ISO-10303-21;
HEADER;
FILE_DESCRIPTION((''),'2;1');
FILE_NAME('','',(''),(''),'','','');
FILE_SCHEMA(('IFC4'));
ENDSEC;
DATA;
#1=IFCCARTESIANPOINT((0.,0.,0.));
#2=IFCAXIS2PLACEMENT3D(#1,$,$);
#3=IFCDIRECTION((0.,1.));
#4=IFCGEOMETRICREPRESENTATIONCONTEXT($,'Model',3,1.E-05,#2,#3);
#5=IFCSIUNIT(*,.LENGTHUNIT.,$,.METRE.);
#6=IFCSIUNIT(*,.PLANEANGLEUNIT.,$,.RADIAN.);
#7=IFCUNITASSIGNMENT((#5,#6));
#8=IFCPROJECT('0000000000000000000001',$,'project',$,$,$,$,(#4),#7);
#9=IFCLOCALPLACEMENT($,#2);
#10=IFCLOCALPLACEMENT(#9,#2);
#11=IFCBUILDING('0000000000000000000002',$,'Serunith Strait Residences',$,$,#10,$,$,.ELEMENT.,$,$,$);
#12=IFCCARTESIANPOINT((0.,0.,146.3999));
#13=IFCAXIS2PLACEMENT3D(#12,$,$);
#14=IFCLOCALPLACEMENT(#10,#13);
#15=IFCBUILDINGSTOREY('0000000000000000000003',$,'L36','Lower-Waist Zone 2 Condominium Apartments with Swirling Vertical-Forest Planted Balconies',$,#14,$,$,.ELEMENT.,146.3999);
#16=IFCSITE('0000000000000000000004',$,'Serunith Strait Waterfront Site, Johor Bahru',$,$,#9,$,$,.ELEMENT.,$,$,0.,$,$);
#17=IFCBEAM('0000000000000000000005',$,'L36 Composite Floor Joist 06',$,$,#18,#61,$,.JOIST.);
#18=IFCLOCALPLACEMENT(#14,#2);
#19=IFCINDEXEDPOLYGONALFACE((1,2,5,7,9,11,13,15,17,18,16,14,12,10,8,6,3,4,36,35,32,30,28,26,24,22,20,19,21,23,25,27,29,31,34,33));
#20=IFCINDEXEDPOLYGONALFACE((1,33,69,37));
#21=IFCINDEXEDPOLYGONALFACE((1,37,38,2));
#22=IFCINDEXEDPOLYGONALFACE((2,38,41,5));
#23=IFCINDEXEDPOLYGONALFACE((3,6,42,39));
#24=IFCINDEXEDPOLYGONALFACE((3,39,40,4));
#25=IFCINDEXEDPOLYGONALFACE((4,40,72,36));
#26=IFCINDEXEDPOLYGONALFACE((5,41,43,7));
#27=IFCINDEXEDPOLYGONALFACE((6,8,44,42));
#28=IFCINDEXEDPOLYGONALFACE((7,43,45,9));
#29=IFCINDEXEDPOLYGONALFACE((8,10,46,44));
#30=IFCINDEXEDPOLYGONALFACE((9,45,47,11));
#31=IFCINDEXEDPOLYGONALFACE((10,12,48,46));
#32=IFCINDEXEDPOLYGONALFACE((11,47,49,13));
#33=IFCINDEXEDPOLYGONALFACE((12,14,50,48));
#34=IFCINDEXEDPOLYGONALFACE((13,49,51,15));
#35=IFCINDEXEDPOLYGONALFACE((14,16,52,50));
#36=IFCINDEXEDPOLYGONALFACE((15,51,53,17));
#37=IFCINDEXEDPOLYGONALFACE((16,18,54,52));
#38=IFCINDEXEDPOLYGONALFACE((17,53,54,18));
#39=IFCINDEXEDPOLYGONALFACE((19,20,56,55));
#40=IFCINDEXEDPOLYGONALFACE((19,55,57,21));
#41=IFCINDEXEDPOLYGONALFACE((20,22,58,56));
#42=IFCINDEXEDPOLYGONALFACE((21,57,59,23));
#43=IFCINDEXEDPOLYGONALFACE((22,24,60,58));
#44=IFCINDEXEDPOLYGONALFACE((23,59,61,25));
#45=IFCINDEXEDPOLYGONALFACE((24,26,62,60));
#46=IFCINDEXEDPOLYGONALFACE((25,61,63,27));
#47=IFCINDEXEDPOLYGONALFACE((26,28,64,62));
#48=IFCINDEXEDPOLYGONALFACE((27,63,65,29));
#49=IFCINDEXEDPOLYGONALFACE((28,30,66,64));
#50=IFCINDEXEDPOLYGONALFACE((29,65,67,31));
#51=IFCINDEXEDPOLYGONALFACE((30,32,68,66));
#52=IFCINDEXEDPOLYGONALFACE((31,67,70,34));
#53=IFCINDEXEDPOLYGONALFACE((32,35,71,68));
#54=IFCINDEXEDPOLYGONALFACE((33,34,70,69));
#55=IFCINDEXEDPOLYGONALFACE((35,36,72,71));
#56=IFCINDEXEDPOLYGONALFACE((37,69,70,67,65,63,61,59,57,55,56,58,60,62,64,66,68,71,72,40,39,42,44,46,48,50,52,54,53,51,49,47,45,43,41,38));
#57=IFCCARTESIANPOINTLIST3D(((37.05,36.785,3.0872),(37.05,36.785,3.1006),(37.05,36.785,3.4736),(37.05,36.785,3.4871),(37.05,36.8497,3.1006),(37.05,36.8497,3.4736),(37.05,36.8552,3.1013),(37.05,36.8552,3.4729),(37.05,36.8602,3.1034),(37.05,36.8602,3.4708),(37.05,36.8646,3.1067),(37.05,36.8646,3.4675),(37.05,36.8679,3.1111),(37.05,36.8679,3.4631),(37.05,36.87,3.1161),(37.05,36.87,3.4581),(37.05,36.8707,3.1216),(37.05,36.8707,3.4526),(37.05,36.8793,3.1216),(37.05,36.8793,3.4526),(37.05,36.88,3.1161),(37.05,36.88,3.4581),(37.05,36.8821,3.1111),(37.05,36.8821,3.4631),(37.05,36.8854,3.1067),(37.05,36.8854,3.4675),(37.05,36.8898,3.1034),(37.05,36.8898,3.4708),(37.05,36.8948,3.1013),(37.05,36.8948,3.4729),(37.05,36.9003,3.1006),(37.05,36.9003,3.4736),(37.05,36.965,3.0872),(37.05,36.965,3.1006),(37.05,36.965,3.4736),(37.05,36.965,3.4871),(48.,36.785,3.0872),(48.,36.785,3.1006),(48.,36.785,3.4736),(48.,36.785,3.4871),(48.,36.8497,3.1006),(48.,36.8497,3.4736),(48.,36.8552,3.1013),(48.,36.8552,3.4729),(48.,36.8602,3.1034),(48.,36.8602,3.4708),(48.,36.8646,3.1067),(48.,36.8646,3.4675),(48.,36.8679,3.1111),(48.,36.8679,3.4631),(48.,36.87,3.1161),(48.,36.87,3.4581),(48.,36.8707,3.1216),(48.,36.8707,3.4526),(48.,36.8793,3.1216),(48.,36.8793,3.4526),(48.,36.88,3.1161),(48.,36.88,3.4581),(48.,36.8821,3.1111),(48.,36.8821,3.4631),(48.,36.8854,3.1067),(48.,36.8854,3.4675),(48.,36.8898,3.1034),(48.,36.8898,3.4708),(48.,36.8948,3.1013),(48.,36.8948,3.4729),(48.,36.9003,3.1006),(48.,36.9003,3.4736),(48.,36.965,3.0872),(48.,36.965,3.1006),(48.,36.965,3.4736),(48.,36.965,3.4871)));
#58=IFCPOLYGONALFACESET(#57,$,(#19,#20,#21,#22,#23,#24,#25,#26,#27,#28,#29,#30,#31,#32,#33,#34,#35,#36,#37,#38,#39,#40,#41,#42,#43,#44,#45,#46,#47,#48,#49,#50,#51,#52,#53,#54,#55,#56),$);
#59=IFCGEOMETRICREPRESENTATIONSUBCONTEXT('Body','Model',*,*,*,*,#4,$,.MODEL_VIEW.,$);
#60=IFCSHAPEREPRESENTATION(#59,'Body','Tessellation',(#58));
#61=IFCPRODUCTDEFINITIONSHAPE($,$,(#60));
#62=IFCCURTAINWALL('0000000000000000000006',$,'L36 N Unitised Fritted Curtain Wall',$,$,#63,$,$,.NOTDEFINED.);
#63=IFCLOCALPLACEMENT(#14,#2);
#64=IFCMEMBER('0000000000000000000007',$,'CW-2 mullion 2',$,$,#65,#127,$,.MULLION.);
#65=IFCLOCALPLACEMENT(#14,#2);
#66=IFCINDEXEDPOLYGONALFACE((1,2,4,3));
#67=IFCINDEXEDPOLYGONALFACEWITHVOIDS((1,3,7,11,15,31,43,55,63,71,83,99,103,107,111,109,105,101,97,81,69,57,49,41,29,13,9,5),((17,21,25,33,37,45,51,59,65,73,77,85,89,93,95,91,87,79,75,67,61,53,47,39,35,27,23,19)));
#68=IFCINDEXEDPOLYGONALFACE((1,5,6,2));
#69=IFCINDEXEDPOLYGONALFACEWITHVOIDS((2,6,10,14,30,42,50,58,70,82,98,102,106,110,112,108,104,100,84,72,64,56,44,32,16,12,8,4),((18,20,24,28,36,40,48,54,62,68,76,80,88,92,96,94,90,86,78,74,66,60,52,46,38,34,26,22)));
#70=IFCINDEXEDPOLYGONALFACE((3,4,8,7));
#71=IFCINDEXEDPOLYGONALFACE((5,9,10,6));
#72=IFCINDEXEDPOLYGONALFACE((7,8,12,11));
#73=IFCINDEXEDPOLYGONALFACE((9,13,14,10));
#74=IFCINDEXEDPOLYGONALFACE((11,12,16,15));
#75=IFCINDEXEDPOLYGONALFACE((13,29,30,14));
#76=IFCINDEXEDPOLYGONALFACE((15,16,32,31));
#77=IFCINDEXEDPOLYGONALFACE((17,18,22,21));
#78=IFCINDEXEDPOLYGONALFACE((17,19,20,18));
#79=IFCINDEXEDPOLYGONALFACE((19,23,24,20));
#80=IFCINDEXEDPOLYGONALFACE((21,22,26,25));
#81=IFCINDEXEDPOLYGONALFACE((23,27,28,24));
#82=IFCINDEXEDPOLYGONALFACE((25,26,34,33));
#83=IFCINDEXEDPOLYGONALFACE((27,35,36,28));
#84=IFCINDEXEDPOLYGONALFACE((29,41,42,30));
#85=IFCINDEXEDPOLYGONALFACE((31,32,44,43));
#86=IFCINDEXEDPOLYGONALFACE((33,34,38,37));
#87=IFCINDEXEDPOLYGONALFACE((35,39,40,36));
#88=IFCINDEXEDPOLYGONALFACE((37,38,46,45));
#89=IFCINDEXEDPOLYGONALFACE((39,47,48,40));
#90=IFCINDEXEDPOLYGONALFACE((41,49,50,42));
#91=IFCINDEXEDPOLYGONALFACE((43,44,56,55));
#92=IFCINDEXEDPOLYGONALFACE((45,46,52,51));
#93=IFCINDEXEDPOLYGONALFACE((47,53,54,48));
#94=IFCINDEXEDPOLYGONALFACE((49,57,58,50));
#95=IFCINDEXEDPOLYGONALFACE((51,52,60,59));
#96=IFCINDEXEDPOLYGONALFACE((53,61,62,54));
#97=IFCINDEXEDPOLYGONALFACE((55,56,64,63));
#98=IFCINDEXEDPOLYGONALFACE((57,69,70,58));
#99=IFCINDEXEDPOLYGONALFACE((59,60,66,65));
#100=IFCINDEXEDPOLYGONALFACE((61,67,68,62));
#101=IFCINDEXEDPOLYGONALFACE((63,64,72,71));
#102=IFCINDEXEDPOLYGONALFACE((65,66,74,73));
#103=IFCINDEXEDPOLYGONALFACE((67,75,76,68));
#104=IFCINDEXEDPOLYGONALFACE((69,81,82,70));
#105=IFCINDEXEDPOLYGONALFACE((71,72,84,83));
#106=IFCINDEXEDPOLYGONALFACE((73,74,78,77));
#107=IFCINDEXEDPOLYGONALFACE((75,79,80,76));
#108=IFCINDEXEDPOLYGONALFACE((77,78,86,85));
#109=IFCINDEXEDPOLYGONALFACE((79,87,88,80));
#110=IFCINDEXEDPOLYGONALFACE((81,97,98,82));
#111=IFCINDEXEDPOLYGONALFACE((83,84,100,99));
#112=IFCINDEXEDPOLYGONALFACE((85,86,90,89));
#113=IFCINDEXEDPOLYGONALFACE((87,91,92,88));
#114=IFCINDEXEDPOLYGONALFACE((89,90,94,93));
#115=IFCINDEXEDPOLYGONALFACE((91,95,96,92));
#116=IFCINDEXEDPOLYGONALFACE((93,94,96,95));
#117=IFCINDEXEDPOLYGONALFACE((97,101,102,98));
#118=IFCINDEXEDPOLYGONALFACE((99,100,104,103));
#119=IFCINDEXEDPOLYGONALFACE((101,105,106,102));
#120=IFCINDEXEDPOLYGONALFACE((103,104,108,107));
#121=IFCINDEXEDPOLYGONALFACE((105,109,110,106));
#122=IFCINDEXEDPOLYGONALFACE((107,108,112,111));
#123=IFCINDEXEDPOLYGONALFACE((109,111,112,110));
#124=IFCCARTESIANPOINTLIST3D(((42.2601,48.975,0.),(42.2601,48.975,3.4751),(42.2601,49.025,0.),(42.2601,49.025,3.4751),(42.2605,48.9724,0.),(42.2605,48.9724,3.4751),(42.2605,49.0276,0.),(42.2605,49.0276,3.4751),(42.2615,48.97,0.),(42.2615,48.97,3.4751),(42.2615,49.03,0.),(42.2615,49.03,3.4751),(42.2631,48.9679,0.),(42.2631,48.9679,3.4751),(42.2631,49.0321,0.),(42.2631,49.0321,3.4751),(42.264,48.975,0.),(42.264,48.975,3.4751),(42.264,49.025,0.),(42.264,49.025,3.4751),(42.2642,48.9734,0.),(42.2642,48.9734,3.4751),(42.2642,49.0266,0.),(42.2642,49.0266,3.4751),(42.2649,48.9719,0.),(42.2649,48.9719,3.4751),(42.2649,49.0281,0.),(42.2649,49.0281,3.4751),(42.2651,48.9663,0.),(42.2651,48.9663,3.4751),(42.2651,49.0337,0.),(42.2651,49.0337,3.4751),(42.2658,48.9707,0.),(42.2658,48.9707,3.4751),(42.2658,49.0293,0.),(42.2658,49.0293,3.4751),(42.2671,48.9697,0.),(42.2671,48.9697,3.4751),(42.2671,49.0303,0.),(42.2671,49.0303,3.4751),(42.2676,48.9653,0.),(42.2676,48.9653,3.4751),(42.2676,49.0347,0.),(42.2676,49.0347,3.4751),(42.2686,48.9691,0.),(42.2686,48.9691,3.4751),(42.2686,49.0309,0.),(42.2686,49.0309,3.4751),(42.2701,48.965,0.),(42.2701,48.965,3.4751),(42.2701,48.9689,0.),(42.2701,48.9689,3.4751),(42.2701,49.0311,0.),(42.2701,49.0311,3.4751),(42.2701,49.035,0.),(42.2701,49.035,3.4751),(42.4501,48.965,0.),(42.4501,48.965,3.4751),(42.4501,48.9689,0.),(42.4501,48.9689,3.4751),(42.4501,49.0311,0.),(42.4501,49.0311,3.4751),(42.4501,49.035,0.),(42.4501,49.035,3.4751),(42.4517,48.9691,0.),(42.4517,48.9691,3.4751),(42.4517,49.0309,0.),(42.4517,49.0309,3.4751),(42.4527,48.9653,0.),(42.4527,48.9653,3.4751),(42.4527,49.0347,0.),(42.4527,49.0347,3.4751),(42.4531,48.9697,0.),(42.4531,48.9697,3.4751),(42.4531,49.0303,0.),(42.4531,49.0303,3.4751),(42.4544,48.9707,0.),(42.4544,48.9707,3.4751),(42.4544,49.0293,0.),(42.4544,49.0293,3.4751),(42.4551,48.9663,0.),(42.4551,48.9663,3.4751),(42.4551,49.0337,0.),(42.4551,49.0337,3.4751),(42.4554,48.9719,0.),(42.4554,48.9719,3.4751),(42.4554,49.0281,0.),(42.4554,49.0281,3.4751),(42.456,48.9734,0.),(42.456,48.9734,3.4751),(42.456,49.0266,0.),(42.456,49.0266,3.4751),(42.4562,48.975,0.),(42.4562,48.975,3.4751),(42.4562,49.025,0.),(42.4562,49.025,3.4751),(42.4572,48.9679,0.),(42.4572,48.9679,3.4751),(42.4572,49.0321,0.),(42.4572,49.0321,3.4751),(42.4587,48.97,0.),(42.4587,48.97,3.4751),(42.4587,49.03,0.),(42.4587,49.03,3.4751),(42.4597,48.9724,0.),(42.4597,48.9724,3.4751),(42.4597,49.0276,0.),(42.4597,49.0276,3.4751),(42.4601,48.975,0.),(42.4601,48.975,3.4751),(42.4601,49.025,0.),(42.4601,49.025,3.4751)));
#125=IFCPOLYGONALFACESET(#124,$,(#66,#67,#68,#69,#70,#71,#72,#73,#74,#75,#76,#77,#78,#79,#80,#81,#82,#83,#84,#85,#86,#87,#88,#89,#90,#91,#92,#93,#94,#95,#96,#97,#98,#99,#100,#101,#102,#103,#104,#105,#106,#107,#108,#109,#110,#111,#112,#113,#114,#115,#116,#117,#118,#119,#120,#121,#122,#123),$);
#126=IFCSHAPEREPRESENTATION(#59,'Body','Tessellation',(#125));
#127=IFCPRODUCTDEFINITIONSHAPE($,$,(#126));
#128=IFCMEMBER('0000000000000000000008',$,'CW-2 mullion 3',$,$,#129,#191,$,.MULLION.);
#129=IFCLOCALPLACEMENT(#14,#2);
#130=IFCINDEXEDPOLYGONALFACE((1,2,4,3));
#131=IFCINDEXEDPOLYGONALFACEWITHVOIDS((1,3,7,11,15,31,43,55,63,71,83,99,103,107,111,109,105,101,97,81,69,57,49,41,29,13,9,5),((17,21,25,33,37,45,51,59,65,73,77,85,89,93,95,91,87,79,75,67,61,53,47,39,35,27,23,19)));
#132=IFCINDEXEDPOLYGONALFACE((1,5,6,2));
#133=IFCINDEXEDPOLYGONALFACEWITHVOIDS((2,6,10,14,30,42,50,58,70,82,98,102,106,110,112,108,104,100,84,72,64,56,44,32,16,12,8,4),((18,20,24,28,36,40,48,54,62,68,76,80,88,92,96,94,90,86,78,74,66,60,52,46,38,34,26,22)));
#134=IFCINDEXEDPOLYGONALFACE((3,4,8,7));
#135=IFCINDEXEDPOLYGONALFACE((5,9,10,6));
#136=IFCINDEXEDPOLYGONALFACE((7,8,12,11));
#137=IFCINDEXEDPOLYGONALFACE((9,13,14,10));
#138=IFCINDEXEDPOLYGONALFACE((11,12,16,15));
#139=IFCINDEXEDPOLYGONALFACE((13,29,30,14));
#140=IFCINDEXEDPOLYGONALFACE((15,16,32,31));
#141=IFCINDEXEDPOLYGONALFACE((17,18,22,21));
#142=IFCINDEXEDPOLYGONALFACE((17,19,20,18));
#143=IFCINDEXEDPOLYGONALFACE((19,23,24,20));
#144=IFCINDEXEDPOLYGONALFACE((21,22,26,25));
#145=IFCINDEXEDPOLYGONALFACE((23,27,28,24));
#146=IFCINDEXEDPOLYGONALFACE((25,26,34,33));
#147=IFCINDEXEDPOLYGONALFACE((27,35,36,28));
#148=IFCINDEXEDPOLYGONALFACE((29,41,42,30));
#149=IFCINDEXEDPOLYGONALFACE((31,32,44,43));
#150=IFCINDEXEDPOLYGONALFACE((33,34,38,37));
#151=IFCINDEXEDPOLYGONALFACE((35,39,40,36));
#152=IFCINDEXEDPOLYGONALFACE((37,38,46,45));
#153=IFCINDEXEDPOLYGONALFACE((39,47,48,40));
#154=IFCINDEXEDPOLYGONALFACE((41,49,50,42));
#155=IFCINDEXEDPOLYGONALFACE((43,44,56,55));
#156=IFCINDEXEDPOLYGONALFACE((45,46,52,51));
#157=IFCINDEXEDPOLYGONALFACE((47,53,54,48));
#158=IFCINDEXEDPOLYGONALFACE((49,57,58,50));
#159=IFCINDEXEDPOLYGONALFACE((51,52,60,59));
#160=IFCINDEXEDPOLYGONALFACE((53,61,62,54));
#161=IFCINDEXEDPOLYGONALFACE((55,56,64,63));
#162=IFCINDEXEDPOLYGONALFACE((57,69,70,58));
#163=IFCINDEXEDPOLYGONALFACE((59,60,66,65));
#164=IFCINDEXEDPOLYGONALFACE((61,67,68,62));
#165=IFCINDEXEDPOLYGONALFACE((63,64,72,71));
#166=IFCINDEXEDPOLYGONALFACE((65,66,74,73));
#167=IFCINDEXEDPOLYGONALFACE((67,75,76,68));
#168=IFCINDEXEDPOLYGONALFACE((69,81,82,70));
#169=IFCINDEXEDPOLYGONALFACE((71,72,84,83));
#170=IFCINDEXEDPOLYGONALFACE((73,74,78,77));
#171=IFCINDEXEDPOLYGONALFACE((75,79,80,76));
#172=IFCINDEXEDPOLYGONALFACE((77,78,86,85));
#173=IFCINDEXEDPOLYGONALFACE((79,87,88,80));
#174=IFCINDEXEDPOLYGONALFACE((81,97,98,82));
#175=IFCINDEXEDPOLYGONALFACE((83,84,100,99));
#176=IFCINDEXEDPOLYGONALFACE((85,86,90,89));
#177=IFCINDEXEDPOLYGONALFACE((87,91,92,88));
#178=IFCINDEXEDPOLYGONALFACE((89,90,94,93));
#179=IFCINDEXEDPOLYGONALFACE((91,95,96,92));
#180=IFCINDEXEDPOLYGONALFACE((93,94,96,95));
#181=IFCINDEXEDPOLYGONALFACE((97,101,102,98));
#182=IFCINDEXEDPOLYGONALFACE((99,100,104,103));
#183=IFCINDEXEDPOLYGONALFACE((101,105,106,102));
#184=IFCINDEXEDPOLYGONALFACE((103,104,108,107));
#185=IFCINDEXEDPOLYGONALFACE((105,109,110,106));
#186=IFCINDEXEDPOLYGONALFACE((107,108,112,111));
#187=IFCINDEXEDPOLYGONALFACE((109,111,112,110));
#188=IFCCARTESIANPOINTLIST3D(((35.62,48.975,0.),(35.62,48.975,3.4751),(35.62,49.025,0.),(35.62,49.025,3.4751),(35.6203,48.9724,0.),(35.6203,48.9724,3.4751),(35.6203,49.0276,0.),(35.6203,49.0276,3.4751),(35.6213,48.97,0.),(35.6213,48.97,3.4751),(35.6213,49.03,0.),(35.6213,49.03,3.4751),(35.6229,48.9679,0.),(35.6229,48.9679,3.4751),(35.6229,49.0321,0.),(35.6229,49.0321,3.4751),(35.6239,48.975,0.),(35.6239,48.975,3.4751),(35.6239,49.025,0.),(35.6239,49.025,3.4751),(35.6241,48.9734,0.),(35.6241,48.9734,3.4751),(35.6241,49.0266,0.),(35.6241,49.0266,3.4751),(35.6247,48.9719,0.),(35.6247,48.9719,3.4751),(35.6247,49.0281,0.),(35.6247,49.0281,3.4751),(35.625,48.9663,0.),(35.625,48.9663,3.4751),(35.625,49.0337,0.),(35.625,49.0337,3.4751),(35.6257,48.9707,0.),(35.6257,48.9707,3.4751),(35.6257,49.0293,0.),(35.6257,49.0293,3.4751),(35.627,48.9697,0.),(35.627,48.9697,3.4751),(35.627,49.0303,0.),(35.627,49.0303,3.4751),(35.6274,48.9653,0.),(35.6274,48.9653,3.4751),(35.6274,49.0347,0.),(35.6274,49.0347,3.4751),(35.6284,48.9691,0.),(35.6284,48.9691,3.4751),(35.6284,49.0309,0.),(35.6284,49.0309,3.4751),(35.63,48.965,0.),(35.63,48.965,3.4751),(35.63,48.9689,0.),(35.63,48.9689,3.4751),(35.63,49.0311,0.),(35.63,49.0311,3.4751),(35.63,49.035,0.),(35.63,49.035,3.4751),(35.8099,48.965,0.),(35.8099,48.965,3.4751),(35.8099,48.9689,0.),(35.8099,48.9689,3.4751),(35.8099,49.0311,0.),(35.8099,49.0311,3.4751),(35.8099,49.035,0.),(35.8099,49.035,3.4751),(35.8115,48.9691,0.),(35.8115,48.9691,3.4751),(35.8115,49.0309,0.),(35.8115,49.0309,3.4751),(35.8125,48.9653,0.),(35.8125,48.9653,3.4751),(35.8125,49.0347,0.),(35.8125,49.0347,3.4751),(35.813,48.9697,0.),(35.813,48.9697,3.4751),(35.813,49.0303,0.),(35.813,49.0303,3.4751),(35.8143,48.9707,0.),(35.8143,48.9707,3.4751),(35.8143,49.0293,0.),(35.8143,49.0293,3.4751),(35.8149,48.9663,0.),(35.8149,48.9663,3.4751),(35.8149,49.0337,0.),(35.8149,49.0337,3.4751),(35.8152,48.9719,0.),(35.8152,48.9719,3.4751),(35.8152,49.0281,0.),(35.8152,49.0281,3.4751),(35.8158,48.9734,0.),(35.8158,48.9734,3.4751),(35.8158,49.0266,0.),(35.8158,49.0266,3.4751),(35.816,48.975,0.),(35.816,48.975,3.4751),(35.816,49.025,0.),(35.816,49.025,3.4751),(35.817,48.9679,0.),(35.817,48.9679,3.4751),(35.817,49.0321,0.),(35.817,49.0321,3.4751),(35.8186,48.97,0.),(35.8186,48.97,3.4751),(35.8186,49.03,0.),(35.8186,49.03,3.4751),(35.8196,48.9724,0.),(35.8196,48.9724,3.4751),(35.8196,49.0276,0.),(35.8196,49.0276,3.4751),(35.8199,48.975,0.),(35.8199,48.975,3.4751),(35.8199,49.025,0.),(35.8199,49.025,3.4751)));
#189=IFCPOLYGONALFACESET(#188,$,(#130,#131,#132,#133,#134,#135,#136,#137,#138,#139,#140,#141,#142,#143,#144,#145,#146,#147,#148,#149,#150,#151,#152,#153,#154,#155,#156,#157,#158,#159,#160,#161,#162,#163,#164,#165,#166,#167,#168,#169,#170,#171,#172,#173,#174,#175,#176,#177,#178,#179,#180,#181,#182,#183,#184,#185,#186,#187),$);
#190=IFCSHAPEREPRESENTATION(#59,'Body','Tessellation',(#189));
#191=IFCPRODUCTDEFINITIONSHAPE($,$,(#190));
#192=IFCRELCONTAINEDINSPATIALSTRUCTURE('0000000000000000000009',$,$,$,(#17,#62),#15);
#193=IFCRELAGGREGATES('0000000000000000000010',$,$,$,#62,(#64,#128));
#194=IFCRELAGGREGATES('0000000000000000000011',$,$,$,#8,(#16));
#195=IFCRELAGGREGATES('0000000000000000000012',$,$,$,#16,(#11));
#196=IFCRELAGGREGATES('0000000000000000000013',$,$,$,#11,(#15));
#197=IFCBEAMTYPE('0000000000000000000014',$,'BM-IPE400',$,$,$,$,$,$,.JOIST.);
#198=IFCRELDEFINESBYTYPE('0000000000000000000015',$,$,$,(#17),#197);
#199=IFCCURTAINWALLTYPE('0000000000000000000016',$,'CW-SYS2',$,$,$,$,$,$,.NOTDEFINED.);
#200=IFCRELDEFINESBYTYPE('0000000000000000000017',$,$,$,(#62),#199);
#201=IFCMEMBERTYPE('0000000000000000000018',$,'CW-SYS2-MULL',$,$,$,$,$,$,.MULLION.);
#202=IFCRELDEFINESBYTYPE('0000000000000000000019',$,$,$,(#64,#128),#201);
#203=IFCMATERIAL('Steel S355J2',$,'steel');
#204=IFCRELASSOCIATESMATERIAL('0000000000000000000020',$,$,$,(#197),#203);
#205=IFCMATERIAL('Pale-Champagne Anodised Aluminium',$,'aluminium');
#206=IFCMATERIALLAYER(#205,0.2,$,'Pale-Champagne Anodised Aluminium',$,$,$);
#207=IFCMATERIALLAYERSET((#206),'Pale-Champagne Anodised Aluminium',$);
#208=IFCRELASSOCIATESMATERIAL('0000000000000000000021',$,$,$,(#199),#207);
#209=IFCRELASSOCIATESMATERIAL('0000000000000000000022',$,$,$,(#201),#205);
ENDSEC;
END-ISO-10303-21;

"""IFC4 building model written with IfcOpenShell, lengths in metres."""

from ifc_helpers import new_model, si_unit, direction, frame, origin, origin_2d, place, context, subcontext, project, spatial, hollow_rectangle, i_section, extrude, source, transform, mapped, material, layer, layer_set, material_profile, profile_set, type_object, element, aggregate, save


model = new_model("IFC4")

# Units and contexts
model_context = context("Model", 3, precision=1e-05, world=origin(), true_north=direction((0.0, 1.0)))
body_context = subcontext(model_context, "Body", "Model", "MODEL_VIEW")
ifc_project = project(units=[si_unit("LENGTHUNIT", "METRE"), si_unit("PLANEANGLEUNIT", "RADIAN")], contexts=[model_context])

# Site, building, storey
site_placement = place(None, origin())
site = spatial("IfcSite", under=ifc_project, at=site_placement, Name="Serunith Strait Waterfront Site, Johor Bahru", CompositionType="ELEMENT", RefElevation=0.0)
building_placement = place(site_placement, origin())
building = spatial("IfcBuilding", under=site, at=building_placement, Name="Serunith Strait Residences", CompositionType="ELEMENT")
storey_placement = place(building_placement, frame((0.0, 0.0, 146.3999)))
storey = spatial("IfcBuildingStorey", under=building, at=storey_placement, Name="L36", Description="Lower-Waist Zone 2 Condominium Apartments with Swirling Vertical-Forest Planted Balconies", CompositionType="ELEMENT", Elevation=146.3999)

# Beam
ifc_material_1 = material(Name="Steel S355J2", Category="steel")
ifc_material_profile_1 = material_profile(ifc_material_1, i_section(OverallWidth=0.1799, OverallDepth=0.3999, WebThickness=0.0085, FlangeThickness=0.0134, FilletRadius=0.021, at=origin_2d()), Name="IPE 400")
ifc_profile_set_1 = profile_set([ifc_material_profile_1], Name="Steel S355J2")
beam_type_1 = type_object("IfcBeamType", Name="BM-IPE400", PredefinedType="JOIST", material=ifc_profile_set_1)
shared_shape_1 = source(origin(), body_context, "Body", "SweptSolid", [
    extrude(i_section(OverallWidth=0.1799, OverallDepth=0.3999, WebThickness=0.0085, FlangeThickness=0.0134, FilletRadius=0.021, at=origin_2d()), origin(), (0.0, 0.0, 1.0), 10.95),
])
beam_1_placement = place(storey_placement, frame((37.05, 36.875, 3.2871), z_axis=(1.0, 0.0, 0.0), x_axis=(0.0, 1.0, 0.0)))
element("IfcBeam", 1, at=beam_1_placement, inside=storey, type_object=beam_type_1, Name="L36 Composite Floor Joist 06", PredefinedType="JOIST", context=body_context, shape_type="MappedRepresentation", body=[
    mapped(shared_shape_1, transform((0.0, 0.0, 0.0), scale=1.0)),
])

# Curtain wall, members
ifc_material_2 = material(Name="Pale-Champagne Anodised Aluminium", Category="aluminium")
ifc_layer_1 = layer(ifc_material_2, 0.2, Name="Pale-Champagne Anodised Aluminium")
ifc_layer_set_1 = layer_set([ifc_layer_1], Name="Pale-Champagne Anodised Aluminium")
curtain_wall_type = type_object("IfcCurtainWallType", Name="CW-SYS2", PredefinedType="NOTDEFINED", material=ifc_layer_set_1)
curtain_wall_placement = place(storey_placement, origin())
curtain_wall = element("IfcCurtainWall", 2, at=curtain_wall_placement, inside=storey, type_object=curtain_wall_type, Name="L36 N Unitised Fritted Curtain Wall", PredefinedType="NOTDEFINED")
ifc_material_profile_2 = material_profile(ifc_material_2, hollow_rectangle(XDim=0.0701, YDim=0.2, WallThickness=0.0039, InnerFilletRadius=0.0061, OuterFilletRadius=0.01, at=origin_2d()), Name="ALU 200x70x4")
ifc_profile_set_2 = profile_set([ifc_material_profile_2], Name="Pale-Champagne Anodised Aluminium")
member_type_1 = type_object("IfcMemberType", Name="CW-SYS2-MULL", PredefinedType="MULLION", material=ifc_profile_set_2)
shared_shape_2 = source(origin(), body_context, "Body", "SweptSolid", [
    extrude(hollow_rectangle(XDim=0.0701, YDim=0.2, WallThickness=0.0039, InnerFilletRadius=0.0061, OuterFilletRadius=0.01, at=origin_2d()), origin(), (0.0, 0.0, 1.0), 3.4751),
])
member_1_placement = place(storey_placement, frame((42.3601, 49.0, 0.0), z_axis=(0.0, 0.0, 1.0), x_axis=(0.0, -1.0, 0.0)))
member_1 = element("IfcMember", 3, at=member_1_placement, type_object=member_type_1, Name="CW-2 mullion 2", PredefinedType="MULLION", context=body_context, shape_type="MappedRepresentation", body=[
    mapped(shared_shape_2, transform((0.0, 0.0, 0.0), scale=1.0)),
])
member_2_placement = place(storey_placement, frame((35.72, 49.0, 0.0), z_axis=(0.0, 0.0, 1.0), x_axis=(0.0, -1.0, 0.0)))
member_2 = element("IfcMember", 4, at=member_2_placement, type_object=member_type_1, Name="CW-2 mullion 3", PredefinedType="MULLION", context=body_context, shape_type="MappedRepresentation", body=[
    mapped(shared_shape_2, transform((0.0, 0.0, 0.0), scale=1.0)),
])
aggregate(curtain_wall, [member_1, member_2])

save(model, "model.ifc")
